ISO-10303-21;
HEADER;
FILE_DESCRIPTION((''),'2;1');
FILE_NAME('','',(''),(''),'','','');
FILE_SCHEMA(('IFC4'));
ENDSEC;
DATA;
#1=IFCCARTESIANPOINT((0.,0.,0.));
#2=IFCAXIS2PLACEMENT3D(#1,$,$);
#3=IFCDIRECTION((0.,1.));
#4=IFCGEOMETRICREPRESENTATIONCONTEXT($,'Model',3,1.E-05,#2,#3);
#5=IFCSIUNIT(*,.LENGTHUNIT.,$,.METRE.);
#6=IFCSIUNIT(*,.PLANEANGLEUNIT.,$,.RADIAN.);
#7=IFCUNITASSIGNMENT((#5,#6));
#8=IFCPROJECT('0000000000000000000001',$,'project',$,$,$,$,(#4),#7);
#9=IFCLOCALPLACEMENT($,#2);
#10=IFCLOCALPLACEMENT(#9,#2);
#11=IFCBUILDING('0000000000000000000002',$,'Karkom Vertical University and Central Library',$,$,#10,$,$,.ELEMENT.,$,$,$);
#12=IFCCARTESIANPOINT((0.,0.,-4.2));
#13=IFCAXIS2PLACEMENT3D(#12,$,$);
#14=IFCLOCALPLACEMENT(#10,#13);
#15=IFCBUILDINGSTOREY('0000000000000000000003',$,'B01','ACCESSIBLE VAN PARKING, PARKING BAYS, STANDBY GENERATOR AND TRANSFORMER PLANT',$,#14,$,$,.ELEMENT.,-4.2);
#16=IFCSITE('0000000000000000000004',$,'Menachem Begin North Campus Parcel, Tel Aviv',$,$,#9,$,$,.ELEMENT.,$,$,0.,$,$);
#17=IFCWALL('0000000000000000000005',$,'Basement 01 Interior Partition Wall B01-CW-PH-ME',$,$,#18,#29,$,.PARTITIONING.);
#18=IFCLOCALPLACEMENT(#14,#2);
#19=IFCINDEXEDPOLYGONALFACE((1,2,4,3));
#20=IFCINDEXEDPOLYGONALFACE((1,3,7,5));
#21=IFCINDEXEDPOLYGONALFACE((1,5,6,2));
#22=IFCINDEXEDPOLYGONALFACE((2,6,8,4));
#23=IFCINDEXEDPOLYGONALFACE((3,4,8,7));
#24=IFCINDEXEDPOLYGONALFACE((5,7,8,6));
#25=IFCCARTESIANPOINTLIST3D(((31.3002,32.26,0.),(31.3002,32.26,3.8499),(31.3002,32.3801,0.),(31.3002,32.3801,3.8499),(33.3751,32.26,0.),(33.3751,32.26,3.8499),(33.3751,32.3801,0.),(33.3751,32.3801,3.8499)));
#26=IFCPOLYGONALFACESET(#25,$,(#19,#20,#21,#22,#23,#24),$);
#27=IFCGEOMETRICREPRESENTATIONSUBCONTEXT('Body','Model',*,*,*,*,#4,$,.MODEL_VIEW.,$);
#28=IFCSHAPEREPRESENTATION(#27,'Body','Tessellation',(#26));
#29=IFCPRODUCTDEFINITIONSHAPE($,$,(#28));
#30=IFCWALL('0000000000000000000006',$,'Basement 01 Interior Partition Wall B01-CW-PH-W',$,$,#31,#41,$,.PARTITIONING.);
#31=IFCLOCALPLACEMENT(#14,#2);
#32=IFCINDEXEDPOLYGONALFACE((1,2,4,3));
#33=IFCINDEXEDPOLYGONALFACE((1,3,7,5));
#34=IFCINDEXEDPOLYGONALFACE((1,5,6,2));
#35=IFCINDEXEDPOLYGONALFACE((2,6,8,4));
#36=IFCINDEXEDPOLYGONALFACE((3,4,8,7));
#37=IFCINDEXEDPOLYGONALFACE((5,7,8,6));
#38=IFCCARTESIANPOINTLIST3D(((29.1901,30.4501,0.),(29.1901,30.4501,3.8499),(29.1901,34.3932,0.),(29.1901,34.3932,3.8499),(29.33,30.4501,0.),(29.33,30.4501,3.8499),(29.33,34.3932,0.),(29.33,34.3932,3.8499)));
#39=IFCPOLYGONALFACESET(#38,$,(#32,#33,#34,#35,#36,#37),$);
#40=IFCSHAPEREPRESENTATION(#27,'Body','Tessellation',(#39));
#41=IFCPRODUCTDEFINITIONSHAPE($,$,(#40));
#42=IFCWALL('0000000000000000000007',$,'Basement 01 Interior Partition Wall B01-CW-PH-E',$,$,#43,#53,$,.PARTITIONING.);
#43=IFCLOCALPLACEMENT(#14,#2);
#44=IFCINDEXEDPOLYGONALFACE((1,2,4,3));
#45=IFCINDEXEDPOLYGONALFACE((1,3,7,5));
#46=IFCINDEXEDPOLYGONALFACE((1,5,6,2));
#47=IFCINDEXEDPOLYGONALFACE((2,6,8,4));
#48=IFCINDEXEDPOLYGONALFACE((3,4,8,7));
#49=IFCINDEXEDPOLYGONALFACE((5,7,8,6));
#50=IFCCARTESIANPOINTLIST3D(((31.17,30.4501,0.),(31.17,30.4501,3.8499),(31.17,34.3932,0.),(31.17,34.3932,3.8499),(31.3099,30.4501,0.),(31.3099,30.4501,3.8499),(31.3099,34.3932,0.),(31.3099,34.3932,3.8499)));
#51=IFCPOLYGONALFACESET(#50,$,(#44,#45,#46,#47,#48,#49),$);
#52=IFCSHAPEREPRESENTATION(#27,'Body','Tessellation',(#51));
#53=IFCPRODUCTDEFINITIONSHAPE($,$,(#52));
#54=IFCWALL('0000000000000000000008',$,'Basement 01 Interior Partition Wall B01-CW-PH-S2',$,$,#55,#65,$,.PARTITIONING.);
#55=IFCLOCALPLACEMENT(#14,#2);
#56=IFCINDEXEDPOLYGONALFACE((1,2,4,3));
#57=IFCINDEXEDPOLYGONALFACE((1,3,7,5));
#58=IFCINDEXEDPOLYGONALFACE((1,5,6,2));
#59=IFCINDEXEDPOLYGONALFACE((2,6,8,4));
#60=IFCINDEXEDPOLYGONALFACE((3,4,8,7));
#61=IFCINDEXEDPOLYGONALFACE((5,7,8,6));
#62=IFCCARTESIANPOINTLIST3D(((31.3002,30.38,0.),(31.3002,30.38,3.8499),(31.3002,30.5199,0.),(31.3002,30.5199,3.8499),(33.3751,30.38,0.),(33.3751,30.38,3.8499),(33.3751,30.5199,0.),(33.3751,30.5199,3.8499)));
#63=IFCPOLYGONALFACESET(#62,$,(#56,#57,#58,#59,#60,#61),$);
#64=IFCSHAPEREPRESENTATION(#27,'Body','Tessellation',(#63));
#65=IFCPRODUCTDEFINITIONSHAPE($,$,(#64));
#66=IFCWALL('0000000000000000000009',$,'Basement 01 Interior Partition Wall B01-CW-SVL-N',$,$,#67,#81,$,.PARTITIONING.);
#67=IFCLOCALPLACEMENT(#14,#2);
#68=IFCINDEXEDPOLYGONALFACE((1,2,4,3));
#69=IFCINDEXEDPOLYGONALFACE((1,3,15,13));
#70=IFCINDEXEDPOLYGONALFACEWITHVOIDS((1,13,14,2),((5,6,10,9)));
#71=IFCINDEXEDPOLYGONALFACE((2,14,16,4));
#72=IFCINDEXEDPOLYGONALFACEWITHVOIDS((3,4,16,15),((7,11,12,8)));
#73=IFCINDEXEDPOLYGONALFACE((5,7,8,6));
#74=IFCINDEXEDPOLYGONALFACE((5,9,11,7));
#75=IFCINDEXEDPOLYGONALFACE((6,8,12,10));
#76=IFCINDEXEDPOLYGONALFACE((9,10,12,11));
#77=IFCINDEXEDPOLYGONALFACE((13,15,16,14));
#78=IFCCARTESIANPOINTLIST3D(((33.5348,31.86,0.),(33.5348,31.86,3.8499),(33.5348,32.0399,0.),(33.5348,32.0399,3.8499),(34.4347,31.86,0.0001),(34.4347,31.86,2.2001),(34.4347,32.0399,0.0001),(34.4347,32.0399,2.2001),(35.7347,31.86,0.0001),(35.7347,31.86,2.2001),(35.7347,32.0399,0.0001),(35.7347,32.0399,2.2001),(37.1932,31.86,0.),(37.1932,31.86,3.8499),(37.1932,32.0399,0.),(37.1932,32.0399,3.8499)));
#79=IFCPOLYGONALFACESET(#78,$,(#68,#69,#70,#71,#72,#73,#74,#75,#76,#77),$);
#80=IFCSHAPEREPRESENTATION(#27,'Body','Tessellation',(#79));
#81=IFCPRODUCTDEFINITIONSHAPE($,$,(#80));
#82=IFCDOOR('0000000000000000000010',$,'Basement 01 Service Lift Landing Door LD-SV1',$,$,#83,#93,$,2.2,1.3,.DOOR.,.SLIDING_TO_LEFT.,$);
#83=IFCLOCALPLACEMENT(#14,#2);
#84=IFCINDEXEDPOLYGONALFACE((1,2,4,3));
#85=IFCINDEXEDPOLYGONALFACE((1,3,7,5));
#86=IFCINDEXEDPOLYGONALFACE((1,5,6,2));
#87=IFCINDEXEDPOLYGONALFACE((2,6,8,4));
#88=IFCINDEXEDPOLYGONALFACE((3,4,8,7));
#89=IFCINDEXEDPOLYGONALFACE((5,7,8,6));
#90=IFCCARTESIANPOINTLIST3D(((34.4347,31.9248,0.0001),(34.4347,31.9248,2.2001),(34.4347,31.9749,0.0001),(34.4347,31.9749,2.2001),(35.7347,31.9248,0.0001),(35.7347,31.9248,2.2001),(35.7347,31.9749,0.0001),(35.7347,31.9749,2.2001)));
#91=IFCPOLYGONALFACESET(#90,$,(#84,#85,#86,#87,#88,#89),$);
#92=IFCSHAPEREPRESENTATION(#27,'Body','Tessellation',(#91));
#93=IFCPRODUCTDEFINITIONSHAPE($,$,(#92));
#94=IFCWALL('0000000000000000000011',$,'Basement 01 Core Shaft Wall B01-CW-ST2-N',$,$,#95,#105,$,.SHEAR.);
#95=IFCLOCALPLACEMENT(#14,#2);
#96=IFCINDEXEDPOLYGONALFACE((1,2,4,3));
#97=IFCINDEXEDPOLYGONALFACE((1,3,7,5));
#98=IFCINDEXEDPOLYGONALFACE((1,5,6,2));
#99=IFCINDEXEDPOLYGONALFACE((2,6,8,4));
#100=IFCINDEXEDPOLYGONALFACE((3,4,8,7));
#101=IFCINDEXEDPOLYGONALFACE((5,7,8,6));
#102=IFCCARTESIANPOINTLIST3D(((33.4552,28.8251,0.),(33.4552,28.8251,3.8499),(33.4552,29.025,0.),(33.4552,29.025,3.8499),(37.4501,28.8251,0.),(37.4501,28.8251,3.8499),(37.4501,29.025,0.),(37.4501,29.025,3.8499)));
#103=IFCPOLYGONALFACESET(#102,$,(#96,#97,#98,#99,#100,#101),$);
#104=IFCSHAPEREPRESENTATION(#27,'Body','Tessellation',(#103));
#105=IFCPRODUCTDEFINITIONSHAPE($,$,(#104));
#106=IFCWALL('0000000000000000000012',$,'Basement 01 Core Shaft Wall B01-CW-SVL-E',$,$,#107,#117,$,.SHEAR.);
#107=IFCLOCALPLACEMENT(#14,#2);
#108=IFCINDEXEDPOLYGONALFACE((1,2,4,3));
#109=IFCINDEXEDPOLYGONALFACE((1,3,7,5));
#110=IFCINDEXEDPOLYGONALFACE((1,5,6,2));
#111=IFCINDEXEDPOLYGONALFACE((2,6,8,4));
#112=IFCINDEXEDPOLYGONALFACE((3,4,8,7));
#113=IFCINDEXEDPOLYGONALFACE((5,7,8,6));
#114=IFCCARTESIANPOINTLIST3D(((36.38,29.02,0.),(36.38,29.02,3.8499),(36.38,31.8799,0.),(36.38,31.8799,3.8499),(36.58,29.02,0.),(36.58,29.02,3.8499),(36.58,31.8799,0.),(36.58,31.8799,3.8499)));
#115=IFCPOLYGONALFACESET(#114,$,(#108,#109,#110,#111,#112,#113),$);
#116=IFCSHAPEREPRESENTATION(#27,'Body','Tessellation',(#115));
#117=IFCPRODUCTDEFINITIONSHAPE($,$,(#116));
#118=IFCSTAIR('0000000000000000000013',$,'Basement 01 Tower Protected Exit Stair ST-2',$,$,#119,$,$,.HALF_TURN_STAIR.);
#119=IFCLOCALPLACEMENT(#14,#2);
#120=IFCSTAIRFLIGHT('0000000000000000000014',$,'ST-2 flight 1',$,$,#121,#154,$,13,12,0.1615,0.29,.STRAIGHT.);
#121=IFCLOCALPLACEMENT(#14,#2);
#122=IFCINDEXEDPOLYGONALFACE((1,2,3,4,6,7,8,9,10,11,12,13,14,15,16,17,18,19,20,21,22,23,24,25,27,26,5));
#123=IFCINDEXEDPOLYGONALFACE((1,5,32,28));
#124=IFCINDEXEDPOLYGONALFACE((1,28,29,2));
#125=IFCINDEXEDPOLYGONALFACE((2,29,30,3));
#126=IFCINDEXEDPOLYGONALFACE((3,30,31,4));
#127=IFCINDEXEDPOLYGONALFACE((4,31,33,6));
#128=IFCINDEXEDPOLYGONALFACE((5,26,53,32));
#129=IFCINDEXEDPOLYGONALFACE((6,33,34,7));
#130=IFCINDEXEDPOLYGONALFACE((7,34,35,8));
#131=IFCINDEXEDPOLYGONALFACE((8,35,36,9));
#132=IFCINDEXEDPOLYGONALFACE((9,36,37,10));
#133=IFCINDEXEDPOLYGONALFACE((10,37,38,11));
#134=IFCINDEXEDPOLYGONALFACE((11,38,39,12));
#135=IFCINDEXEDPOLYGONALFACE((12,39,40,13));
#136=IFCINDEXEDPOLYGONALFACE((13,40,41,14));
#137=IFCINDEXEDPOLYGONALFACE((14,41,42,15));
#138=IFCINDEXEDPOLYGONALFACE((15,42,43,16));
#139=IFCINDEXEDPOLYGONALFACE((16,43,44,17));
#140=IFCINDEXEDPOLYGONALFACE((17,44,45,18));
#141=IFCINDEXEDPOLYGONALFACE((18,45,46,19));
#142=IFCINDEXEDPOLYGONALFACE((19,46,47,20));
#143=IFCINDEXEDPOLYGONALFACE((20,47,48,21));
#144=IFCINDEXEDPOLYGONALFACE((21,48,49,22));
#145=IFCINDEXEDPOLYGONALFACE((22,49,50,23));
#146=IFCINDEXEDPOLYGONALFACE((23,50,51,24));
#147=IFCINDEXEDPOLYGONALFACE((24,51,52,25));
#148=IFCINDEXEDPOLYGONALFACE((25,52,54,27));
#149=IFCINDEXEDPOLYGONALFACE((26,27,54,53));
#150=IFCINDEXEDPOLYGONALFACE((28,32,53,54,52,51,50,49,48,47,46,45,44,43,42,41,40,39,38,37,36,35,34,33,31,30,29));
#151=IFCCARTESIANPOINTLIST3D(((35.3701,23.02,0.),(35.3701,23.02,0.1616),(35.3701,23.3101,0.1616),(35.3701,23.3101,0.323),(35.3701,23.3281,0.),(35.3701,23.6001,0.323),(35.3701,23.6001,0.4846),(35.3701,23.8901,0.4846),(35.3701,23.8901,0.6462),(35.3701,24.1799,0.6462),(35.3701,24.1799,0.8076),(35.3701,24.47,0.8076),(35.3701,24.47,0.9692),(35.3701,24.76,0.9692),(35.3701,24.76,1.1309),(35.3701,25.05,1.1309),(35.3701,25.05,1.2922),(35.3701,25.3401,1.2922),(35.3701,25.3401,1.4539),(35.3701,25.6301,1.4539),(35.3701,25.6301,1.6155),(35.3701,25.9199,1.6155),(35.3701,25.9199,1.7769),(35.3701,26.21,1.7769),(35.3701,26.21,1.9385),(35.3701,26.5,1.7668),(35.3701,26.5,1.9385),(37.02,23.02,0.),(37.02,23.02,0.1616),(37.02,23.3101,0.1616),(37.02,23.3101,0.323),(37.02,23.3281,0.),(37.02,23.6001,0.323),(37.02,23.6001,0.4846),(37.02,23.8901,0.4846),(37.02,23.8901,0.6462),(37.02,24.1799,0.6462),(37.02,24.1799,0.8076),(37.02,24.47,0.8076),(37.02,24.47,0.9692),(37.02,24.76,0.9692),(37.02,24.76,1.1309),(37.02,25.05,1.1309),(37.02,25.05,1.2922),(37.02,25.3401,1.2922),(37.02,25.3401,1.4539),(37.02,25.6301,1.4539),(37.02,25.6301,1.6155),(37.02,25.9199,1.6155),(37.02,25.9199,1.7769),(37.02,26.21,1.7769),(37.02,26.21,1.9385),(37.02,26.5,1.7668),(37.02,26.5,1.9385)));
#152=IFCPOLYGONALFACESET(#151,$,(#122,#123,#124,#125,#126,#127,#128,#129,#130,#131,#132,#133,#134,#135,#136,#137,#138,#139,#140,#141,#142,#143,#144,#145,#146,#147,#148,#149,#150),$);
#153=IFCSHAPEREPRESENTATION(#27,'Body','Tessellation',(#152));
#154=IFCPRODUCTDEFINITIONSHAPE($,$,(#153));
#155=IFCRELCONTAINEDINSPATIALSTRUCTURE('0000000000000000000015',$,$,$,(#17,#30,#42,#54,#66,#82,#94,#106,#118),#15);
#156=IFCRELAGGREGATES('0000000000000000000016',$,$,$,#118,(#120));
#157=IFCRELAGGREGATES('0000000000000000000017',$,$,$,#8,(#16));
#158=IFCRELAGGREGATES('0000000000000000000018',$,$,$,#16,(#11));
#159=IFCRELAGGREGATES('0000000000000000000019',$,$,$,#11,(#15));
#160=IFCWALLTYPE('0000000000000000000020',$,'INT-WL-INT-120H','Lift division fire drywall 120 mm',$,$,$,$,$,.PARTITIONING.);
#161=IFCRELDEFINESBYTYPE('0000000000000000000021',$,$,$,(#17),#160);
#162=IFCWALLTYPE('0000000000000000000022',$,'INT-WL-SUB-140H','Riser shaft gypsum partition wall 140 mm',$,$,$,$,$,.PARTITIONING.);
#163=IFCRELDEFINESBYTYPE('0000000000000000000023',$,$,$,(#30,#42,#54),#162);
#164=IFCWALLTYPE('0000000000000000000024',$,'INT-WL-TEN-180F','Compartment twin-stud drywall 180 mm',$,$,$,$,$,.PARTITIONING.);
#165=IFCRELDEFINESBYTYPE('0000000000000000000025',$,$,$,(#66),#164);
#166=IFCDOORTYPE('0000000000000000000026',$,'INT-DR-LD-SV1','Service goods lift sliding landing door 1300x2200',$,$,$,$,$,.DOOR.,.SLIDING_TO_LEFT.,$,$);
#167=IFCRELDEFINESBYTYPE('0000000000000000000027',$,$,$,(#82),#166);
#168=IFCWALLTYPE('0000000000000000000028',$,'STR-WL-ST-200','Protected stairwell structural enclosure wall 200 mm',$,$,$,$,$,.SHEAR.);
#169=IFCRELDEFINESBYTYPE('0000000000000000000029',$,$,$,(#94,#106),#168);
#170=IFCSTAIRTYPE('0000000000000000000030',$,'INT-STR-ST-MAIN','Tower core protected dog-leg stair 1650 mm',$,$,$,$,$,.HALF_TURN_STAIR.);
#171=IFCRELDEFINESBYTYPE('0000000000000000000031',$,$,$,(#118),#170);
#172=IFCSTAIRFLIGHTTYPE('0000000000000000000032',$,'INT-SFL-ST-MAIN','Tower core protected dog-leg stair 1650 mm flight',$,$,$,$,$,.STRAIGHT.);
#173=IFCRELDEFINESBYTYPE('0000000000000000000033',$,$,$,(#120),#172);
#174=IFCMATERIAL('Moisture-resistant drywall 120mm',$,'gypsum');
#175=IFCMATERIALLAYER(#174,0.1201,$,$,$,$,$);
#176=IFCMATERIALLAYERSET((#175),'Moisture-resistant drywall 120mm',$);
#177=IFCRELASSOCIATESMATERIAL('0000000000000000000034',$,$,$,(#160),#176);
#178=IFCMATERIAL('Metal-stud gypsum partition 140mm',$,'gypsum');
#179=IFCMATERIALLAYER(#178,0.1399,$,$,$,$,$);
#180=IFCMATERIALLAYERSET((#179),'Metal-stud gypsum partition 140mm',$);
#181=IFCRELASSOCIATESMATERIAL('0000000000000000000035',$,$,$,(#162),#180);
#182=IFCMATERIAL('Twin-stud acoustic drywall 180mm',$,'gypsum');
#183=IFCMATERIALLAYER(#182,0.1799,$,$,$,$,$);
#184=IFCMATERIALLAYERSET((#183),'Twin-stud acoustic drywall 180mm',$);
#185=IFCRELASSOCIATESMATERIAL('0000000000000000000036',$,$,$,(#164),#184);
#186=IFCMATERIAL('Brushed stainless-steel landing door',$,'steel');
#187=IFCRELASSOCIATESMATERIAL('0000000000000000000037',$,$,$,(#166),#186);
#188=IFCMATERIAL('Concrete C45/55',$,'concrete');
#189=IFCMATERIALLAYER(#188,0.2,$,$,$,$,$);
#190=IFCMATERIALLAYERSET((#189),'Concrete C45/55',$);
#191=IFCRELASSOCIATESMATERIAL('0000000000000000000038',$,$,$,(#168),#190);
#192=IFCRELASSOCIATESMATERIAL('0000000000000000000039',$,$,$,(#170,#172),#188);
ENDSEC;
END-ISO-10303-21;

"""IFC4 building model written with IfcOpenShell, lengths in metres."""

from ifc_helpers import new_model, si_unit, direction, frame, frame_2d, origin, origin_with_axes, place, context, subcontext, project, spatial, polyline, rectangle, outline, extrude, source, transform, mapped, material, layer, layer_set, type_object, element, fill, aggregate, save


model = new_model("IFC4")

# Units and contexts
model_context = context("Model", 3, precision=1e-05, world=origin(), true_north=direction((0.0, 1.0)))
body_context = subcontext(model_context, "Body", "Model", "MODEL_VIEW")
ifc_project = project(units=[si_unit("LENGTHUNIT", "METRE"), si_unit("PLANEANGLEUNIT", "RADIAN")], contexts=[model_context])

# Site, building, storey
site_placement = place(None, origin())
site = spatial("IfcSite", under=ifc_project, at=site_placement, Name="Menachem Begin North Campus Parcel, Tel Aviv", CompositionType="ELEMENT", RefElevation=0.0)
building_placement = place(site_placement, origin())
building = spatial("IfcBuilding", under=site, at=building_placement, Name="Karkom Vertical University and Central Library", CompositionType="ELEMENT")
storey_placement = place(building_placement, frame((0.0, 0.0, -4.2)))
storey = spatial("IfcBuildingStorey", under=building, at=storey_placement, Name="B01", Description="ACCESSIBLE VAN PARKING, PARKING BAYS, STANDBY GENERATOR AND TRANSFORMER PLANT", CompositionType="ELEMENT", Elevation=-4.2)

# Walls
ifc_material_1 = material(Name="Moisture-resistant drywall 120mm", Category="gypsum")
ifc_layer_1 = layer(ifc_material_1, 0.1201)
ifc_layer_set_1 = layer_set([ifc_layer_1], Name="Moisture-resistant drywall 120mm")
wall_type_1 = type_object("IfcWallType", Name="INT-WL-INT-120H", Description="Lift division fire drywall 120 mm", PredefinedType="PARTITIONING", material=ifc_layer_set_1)
wall_1_placement = place(storey_placement, frame((31.3, 32.3201, 0.0), z_axis=(0.0, 0.0, 1.0), x_axis=(1.0, 0.0, 0.0)))
element("IfcWall", 1, at=wall_1_placement, inside=storey, type_object=wall_type_1, Name="Basement 01 Interior Partition Wall B01-CW-PH-ME", PredefinedType="PARTITIONING", context=body_context, shape_type="SweptSolid", body=[
    extrude(rectangle(XDim=2.075, YDim=0.1201, at=frame_2d((1.0376, 0.0))), origin(), (0.0, 0.0, 1.0), 3.8499),
])
ifc_material_2 = material(Name="Metal-stud gypsum partition 140mm", Category="gypsum")
ifc_layer_2 = layer(ifc_material_2, 0.1399)
ifc_layer_set_2 = layer_set([ifc_layer_2], Name="Metal-stud gypsum partition 140mm")
wall_type_2 = type_object("IfcWallType", Name="INT-WL-SUB-140H", Description="Riser shaft gypsum partition wall 140 mm", PredefinedType="PARTITIONING", material=ifc_layer_set_2)
for number, where, z_axis, x_axis, name in (
    (2, (29.26, 30.45, 0.0), (0.0, 0.0, 1.0), (0.0, 1.0, 0.0), "Basement 01 Interior Partition Wall B01-CW-PH-W"),
    (3, (31.24, 30.45, 0.0), (0.0, 0.0, 1.0), (0.0, 1.0, 0.0), "Basement 01 Interior Partition Wall B01-CW-PH-E"),
):
    element("IfcWall", number, at=place(storey_placement, frame(where, z_axis=z_axis, x_axis=x_axis)), inside=storey, type_object=wall_type_2, Name=name, PredefinedType="PARTITIONING", context=body_context, shape_type="SweptSolid", body=[
        extrude(rectangle(XDim=3.9431, YDim=0.1399, at=frame_2d((1.9717, 0.0))), origin(), (0.0, 0.0, 1.0), 3.8499),
    ])
wall_2_placement = place(storey_placement, frame((31.3, 30.45, 0.0), z_axis=(0.0, 0.0, 1.0), x_axis=(1.0, 0.0, 0.0)))
element("IfcWall", 4, at=wall_2_placement, inside=storey, type_object=wall_type_2, Name="Basement 01 Interior Partition Wall B01-CW-PH-S2", PredefinedType="PARTITIONING", context=body_context, shape_type="SweptSolid", body=[
    extrude(rectangle(XDim=2.075, YDim=0.1399, at=frame_2d((1.0376, 0.0))), origin(), (0.0, 0.0, 1.0), 3.8499),
])

# Wall, opening, door
ifc_material_3 = material(Name="Twin-stud acoustic drywall 180mm", Category="gypsum")
ifc_layer_3 = layer(ifc_material_3, 0.1799)
ifc_layer_set_3 = layer_set([ifc_layer_3], Name="Twin-stud acoustic drywall 180mm")
wall_type_3 = type_object("IfcWallType", Name="INT-WL-TEN-180F", Description="Compartment twin-stud drywall 180 mm", PredefinedType="PARTITIONING", material=ifc_layer_set_3)
wall_3_placement = place(storey_placement, frame((33.5349, 31.95, 0.0), z_axis=(0.0, 0.0, 1.0), x_axis=(1.0, 0.0, 0.0)))
wall_3 = element("IfcWall", 5, at=wall_3_placement, inside=storey, type_object=wall_type_3, Name="Basement 01 Interior Partition Wall B01-CW-SVL-N", PredefinedType="PARTITIONING", context=body_context, shape_type="SweptSolid", body=[
    extrude(rectangle(XDim=3.6584, YDim=0.1799, at=frame_2d((1.8291, 0.0))), origin(), (0.0, 0.0, 1.0), 3.8499),
])
opening_1_placement = place(wall_3_placement, frame((0.8999, 0.0, 0.0)))
opening_1 = element("IfcOpeningElement", 6, at=opening_1_placement, cuts=wall_3, PredefinedType="OPENING", context=body_context, shape_type="SweptSolid", body=[
    extrude(rectangle(XDim=1.3, YDim=2.2, at=frame_2d((0.6499, 1.1001))), frame((0.0, 0.1001, 0.0), z_axis=(0.0, -1.0, 0.0), x_axis=(1.0, 0.0, 0.0)), (0.0, 0.0, 1.0), 0.2),
])
ifc_material_4 = material(Name="Brushed stainless-steel landing door", Category="steel")
door_type_1 = type_object("IfcDoorType", Name="INT-DR-LD-SV1", Description="Service goods lift sliding landing door 1300x2200", OperationType="SLIDING_TO_LEFT", PredefinedType="DOOR", material=ifc_material_4)
shared_shape_1 = source(origin_with_axes(), body_context, "Body", "SweptSolid", [
    extrude(rectangle(XDim=1.3, YDim=2.2, at=frame_2d((0.6499, 1.1001))), frame((0.0, 0.0249, 0.0), z_axis=(0.0, -1.0, 0.0), x_axis=(1.0, 0.0, 0.0)), (0.0, 0.0, 1.0), 0.05),
])
door_1_placement = place(opening_1_placement, origin())
door_1 = element("IfcDoor", 7, at=door_1_placement, inside=storey, type_object=door_type_1, Name="Basement 01 Service Lift Landing Door LD-SV1", OperationType="SLIDING_TO_LEFT", OverallHeight=2.2, OverallWidth=1.3, PredefinedType="DOOR", context=body_context, shape_type="MappedRepresentation", body=[
    mapped(shared_shape_1, transform((0.0, 0.0, 0.0), scale=1.0)),
])
fill(opening_1, door_1)

# Walls
ifc_material_5 = material(Name="Concrete C45/55", Category="concrete")
ifc_layer_4 = layer(ifc_material_5, 0.2)
ifc_layer_set_4 = layer_set([ifc_layer_4], Name="Concrete C45/55")
wall_type_4 = type_object("IfcWallType", Name="STR-WL-ST-200", Description="Protected stairwell structural enclosure wall 200 mm", PredefinedType="SHEAR", material=ifc_layer_set_4)
wall_4_placement = place(storey_placement, frame((33.4551, 28.925, 0.0), z_axis=(0.0, 0.0, 1.0), x_axis=(1.0, 0.0, 0.0)))
element("IfcWall", 8, at=wall_4_placement, inside=storey, type_object=wall_type_4, Name="Basement 01 Core Shaft Wall B01-CW-ST2-N", PredefinedType="SHEAR", context=body_context, shape_type="SweptSolid", body=[
    extrude(rectangle(XDim=3.9949, YDim=0.2, at=frame_2d((1.9976, 0.0))), origin(), (0.0, 0.0, 1.0), 3.8499),
])
wall_5_placement = place(storey_placement, frame((36.48, 29.02, 0.0), z_axis=(0.0, 0.0, 1.0), x_axis=(0.0, 1.0, 0.0)))
element("IfcWall", 9, at=wall_5_placement, inside=storey, type_object=wall_type_4, Name="Basement 01 Core Shaft Wall B01-CW-SVL-E", PredefinedType="SHEAR", context=body_context, shape_type="SweptSolid", body=[
    extrude(rectangle(XDim=2.8599, YDim=0.2, at=frame_2d((1.4299, 0.0))), origin(), (0.0, 0.0, 1.0), 3.8499),
])

# Stair, stair flight
stair_type = type_object("IfcStairType", Name="INT-STR-ST-MAIN", Description="Tower core protected dog-leg stair 1650 mm", PredefinedType="HALF_TURN_STAIR", material=ifc_material_5)
stair_placement = place(storey_placement, origin())
stair = element("IfcStair", 10, at=stair_placement, inside=storey, type_object=stair_type, Name="Basement 01 Tower Protected Exit Stair ST-2", PredefinedType="HALF_TURN_STAIR")
stair_flight_type = type_object("IfcStairFlightType", Name="INT-SFL-ST-MAIN", Description="Tower core protected dog-leg stair 1650 mm flight", PredefinedType="STRAIGHT", material=ifc_material_5)
stair_flight_1_placement = place(storey_placement, frame((36.1951, 23.02, 0.0), z_axis=(0.0, 0.0, 1.0), x_axis=(0.0, 1.0, 0.0)))
stair_flight_1 = element("IfcStairFlight", 11, at=stair_flight_1_placement, type_object=stair_flight_type, Name="ST-2 flight 1", NumberOfRisers=13, NumberOfTreads=12, PredefinedType="STRAIGHT", RiserHeight=0.1615, TreadLength=0.29, context=body_context, shape_type="SweptSolid", body=[
    extrude(outline(polyline([(0.0, 0.0), (0.0, 0.1616), (0.29, 0.1616), (0.29, 0.323), (0.5801, 0.323), (0.5801, 0.4846), (0.8701, 0.4846), (0.8701, 0.6462), (1.1599, 0.6462), (1.1599, 0.8076), (1.45, 0.8076), (1.45, 0.9692), (1.74, 0.9692), (1.74, 1.1309), (2.03, 1.1309), (2.03, 1.2922), (2.3201, 1.2922), (2.3201, 1.4539), (2.6101, 1.4539), (2.6101, 1.6155), (2.8999, 1.6155), (2.8999, 1.7769), (3.1899, 1.7769), (3.1899, 1.9385), (3.48, 1.9385), (3.48, 2.1001), (3.48, 1.7668), (0.3081, 0.0), (0.0, 0.0)])), frame((0.0, 0.825, 0.0), z_axis=(0.0, -1.0, 0.0), x_axis=(1.0, 0.0, 0.0)), (0.0, 0.0, 1.0), 1.6499),
])
aggregate(stair, [stair_flight_1])

save(model, "model.ifc")
